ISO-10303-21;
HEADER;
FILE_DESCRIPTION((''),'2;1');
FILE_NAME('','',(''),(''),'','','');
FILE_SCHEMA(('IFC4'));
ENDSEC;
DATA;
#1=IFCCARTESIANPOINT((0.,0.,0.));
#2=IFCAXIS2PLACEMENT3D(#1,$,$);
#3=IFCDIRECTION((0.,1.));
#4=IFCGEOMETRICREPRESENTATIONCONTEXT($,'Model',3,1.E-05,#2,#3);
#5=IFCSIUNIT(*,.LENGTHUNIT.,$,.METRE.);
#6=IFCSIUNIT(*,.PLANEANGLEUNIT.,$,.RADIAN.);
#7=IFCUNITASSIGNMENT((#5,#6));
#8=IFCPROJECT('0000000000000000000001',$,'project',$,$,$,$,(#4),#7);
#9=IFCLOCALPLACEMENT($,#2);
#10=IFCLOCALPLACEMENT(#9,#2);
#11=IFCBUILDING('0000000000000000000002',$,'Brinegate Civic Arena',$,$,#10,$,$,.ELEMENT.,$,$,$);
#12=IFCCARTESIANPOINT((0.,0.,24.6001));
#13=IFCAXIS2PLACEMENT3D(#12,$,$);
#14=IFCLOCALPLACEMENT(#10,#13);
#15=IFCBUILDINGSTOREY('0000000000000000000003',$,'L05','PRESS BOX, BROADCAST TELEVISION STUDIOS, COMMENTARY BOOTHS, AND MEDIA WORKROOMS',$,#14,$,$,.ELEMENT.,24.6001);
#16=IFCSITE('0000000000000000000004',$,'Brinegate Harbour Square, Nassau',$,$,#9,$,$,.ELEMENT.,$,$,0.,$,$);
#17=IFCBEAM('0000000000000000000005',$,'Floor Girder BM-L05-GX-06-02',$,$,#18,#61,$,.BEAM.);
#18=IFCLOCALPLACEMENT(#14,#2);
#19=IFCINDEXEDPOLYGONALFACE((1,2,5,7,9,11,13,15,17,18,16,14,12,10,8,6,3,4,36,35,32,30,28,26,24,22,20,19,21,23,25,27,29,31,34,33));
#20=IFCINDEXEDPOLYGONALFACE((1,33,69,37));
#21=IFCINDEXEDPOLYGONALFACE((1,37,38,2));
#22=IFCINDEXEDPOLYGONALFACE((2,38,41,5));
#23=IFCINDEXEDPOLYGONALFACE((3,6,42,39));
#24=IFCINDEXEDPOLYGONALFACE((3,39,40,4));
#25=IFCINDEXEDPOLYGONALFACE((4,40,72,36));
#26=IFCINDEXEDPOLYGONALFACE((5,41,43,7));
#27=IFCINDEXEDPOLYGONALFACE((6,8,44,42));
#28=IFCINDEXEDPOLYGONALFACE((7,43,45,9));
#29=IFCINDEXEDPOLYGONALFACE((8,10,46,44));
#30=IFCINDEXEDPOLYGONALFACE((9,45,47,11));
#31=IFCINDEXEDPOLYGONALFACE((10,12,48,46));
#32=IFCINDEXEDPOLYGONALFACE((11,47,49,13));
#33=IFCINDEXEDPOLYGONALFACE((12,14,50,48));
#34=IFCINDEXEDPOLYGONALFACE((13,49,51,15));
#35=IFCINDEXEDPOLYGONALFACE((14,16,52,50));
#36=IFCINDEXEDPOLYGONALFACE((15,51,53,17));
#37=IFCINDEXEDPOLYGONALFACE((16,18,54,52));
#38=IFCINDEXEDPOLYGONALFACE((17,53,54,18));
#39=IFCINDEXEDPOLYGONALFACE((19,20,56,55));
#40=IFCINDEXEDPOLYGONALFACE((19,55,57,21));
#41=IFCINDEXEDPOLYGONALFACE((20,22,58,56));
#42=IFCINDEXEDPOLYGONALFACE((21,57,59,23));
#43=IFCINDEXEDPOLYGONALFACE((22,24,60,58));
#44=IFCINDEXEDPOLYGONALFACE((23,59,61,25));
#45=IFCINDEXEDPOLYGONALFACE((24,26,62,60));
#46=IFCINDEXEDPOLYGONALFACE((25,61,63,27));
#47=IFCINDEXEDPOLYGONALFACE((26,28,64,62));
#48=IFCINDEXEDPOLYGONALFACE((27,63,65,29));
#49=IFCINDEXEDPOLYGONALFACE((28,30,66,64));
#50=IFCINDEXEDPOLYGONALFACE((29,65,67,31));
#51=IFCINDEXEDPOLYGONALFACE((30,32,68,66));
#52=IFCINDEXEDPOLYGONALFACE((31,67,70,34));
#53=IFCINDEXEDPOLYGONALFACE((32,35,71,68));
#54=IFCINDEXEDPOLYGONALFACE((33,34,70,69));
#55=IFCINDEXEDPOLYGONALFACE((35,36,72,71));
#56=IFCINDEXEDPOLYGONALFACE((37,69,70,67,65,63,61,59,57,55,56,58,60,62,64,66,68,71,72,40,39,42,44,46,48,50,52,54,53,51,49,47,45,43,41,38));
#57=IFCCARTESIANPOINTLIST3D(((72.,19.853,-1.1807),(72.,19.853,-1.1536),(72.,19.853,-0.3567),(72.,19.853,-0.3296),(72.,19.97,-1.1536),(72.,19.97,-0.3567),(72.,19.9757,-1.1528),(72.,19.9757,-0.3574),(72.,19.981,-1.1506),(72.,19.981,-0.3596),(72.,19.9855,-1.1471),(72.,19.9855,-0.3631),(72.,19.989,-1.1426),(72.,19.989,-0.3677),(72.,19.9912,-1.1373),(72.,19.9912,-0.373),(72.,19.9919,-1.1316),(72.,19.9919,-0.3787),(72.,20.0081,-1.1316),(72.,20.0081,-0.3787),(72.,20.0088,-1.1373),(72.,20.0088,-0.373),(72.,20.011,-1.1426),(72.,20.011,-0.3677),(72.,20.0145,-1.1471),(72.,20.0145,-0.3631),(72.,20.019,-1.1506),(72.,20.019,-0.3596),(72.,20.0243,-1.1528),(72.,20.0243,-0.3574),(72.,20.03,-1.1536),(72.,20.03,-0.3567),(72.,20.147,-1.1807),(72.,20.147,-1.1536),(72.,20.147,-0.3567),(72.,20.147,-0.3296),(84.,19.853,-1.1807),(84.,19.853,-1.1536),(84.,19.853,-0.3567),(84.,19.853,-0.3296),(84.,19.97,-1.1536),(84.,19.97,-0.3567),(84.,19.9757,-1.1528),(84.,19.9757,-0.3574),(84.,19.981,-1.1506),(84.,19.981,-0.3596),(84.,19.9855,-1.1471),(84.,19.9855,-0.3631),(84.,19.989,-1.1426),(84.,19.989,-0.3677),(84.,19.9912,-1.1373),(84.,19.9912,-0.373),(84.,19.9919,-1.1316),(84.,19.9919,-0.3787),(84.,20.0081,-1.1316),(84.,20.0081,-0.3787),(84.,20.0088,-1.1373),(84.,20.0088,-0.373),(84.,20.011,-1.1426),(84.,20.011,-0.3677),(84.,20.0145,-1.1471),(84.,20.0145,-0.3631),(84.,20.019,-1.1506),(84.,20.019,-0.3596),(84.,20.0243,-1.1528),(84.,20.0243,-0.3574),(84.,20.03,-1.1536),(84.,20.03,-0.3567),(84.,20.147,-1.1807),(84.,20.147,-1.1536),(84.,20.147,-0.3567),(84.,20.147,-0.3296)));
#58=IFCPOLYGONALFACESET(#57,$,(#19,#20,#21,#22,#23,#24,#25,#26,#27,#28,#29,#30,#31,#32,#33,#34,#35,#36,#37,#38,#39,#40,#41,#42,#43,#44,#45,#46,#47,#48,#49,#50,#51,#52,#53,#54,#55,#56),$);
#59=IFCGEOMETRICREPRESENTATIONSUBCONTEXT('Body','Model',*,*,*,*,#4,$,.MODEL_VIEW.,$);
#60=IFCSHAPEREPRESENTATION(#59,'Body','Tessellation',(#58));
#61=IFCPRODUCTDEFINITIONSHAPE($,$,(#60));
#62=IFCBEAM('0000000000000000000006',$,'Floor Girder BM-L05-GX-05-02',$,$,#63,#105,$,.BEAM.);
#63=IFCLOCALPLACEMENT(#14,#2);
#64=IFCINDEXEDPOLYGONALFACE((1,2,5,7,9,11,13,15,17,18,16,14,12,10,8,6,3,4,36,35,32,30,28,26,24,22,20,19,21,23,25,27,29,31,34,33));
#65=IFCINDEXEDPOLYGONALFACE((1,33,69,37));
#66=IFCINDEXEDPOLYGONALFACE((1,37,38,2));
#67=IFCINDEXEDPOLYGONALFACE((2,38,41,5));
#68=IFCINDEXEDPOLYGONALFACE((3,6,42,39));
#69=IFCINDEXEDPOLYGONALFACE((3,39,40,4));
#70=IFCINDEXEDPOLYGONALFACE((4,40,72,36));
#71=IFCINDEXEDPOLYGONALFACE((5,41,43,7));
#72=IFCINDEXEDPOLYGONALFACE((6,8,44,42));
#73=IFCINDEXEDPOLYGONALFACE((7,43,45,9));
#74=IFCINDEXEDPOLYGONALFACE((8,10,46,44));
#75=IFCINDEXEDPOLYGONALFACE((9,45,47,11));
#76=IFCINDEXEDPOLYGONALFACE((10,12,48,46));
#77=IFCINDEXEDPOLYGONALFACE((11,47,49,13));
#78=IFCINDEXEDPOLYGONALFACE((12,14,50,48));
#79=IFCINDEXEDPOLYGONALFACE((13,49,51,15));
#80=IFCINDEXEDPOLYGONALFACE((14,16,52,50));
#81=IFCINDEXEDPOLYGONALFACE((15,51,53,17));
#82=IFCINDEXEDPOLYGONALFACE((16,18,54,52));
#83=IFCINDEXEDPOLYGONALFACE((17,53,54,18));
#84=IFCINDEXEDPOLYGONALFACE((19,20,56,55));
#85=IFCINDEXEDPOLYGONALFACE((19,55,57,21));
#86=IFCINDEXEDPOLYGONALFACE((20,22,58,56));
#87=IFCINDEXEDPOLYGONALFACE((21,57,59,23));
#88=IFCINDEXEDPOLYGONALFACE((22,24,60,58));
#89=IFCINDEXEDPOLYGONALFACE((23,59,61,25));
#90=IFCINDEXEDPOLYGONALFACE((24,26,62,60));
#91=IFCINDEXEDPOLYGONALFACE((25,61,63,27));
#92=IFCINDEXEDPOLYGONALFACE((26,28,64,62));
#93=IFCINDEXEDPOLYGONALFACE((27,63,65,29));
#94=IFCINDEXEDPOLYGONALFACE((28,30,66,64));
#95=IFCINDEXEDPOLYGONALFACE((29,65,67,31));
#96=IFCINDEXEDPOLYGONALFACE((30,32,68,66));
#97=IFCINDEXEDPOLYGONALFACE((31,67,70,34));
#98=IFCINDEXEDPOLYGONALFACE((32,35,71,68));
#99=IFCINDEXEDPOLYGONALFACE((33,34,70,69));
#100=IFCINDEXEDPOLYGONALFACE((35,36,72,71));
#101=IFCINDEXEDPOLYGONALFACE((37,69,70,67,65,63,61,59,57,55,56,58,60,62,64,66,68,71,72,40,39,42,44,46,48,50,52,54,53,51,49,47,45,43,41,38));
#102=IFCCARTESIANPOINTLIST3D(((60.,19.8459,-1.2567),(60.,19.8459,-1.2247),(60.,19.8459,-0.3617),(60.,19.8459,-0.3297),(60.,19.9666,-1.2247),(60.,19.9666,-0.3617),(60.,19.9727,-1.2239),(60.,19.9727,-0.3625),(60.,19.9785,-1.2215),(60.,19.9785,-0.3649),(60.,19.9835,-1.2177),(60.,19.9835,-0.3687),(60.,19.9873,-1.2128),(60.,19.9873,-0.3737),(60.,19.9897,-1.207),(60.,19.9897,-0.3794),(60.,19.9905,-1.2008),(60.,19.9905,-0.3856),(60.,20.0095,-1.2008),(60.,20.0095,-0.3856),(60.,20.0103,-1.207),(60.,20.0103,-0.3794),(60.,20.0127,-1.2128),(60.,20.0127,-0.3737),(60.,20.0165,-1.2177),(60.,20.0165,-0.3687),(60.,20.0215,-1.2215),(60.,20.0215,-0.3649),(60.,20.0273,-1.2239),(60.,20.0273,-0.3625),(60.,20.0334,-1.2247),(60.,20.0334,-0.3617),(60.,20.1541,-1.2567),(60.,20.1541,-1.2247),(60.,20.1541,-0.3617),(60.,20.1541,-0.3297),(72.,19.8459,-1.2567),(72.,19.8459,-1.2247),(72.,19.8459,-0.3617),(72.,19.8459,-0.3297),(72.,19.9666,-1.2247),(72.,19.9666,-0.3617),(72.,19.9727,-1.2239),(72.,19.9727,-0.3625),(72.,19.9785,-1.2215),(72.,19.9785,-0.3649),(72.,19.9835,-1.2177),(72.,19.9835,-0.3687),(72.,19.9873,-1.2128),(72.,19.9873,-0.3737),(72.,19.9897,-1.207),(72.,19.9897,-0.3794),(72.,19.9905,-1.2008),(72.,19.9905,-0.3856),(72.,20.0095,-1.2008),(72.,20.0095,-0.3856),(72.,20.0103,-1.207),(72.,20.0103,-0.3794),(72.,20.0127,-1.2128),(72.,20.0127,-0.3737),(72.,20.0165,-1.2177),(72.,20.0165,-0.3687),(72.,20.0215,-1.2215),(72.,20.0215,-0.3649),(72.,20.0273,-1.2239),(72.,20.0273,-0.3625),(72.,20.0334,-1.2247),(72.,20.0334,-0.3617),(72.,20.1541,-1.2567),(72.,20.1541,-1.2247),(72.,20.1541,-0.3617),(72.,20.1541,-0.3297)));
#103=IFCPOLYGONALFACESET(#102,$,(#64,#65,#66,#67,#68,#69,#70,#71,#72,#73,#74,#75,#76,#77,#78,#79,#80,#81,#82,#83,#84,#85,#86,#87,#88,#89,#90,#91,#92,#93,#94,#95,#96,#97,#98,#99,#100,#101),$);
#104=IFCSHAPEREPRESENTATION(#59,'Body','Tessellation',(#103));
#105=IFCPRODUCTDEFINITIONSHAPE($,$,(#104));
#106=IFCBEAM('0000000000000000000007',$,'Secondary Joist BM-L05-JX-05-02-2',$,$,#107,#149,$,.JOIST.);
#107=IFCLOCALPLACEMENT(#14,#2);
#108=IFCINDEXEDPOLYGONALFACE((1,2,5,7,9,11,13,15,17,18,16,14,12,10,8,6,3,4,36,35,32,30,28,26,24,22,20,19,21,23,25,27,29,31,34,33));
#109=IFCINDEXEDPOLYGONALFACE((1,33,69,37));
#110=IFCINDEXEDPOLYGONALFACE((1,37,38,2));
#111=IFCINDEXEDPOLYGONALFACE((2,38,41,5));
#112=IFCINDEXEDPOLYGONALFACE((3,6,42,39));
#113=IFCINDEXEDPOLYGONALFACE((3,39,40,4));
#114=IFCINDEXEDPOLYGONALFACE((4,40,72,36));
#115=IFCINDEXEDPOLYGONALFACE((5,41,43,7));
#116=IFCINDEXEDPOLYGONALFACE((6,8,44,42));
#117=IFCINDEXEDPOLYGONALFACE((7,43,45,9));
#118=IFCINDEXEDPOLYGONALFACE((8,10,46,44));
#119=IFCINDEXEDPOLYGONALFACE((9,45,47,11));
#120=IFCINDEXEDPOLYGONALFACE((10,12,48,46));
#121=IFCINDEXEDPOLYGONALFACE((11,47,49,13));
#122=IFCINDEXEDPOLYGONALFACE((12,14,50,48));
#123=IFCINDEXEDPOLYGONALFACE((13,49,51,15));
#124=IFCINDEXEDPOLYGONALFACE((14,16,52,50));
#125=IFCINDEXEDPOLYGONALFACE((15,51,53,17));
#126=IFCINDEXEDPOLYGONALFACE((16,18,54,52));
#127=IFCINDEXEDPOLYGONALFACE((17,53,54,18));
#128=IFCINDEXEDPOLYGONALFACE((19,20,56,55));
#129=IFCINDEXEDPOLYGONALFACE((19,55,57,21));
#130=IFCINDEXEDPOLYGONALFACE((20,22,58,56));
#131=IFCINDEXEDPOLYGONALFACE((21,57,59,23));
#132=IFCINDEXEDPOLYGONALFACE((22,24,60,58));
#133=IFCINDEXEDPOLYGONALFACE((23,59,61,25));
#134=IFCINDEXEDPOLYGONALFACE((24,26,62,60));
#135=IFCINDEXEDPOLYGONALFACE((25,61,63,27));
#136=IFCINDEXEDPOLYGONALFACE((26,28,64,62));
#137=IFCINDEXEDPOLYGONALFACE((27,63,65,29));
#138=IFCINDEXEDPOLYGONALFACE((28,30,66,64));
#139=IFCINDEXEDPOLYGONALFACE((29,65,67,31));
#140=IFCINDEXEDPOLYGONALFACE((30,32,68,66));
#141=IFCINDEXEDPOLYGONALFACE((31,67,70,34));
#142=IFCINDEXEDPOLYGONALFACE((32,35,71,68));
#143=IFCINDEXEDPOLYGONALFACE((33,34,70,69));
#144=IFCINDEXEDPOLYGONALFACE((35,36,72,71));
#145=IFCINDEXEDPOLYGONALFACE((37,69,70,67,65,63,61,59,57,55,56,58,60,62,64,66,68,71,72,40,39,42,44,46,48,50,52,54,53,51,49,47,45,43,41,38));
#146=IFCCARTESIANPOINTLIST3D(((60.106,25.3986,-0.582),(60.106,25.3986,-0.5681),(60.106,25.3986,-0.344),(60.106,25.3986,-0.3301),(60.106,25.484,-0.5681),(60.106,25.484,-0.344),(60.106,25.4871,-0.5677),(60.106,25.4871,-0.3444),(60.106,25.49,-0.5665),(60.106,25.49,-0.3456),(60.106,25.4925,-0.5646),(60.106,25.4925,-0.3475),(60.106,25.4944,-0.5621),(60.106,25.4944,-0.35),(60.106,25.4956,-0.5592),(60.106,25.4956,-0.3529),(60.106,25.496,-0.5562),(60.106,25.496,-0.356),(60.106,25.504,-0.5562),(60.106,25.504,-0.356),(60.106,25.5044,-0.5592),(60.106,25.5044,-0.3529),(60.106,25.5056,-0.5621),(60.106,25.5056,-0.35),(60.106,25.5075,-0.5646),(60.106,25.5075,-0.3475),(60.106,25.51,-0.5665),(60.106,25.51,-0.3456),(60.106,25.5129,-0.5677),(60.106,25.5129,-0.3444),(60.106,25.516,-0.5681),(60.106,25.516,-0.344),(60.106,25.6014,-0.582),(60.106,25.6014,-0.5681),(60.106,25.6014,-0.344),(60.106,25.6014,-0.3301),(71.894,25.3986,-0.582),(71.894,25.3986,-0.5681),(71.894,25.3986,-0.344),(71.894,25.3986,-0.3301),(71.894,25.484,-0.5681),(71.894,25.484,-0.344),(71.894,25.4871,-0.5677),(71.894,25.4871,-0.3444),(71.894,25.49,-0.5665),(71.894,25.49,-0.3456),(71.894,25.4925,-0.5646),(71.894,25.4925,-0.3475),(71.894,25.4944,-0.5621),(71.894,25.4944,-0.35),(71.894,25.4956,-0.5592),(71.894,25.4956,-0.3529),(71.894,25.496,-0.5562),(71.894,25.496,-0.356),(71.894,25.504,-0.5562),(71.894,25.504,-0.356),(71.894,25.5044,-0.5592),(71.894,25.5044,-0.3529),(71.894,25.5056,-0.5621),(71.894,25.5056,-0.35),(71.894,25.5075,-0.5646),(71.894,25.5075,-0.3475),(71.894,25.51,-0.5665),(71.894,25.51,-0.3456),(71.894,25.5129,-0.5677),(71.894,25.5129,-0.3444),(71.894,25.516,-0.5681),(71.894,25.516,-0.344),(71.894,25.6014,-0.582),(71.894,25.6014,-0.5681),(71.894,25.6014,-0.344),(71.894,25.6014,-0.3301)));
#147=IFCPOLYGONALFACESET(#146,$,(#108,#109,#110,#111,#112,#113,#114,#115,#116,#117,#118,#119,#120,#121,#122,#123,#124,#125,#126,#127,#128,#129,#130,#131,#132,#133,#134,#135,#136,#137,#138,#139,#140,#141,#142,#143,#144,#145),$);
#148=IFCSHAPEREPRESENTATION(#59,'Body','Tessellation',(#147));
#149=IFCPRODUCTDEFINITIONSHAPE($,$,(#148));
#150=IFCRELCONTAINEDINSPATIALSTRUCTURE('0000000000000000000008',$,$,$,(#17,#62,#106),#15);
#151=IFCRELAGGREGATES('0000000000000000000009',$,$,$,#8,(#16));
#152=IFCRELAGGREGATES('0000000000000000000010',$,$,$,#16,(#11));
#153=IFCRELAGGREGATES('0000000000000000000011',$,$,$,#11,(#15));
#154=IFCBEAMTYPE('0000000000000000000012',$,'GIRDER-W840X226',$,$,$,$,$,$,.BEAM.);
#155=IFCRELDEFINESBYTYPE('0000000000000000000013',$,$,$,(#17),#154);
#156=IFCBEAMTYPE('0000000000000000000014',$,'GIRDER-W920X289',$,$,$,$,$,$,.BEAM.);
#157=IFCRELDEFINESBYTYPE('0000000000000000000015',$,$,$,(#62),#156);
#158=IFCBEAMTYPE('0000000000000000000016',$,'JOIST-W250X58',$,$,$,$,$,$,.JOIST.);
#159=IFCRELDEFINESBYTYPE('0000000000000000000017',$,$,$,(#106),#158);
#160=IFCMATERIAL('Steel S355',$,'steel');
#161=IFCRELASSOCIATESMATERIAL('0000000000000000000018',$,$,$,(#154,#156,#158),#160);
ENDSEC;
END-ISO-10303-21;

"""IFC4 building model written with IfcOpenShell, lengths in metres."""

from ifc_helpers import new_model, si_unit, direction, frame, origin, origin_2d, place, context, subcontext, project, spatial, i_section, extrude, material, material_profile, profile_set, type_object, element, save


model = new_model("IFC4")

# Units and contexts
model_context = context("Model", 3, precision=1e-05, world=origin(), true_north=direction((0.0, 1.0)))
body_context = subcontext(model_context, "Body", "Model", "MODEL_VIEW")
ifc_project = project(units=[si_unit("LENGTHUNIT", "METRE"), si_unit("PLANEANGLEUNIT", "RADIAN")], contexts=[model_context])

# Site, building, storey
site_placement = place(None, origin())
site = spatial("IfcSite", under=ifc_project, at=site_placement, Name="Brinegate Harbour Square, Nassau", CompositionType="ELEMENT", RefElevation=0.0)
building_placement = place(site_placement, origin())
building = spatial("IfcBuilding", under=site, at=building_placement, Name="Brinegate Civic Arena", CompositionType="ELEMENT")
storey_placement = place(building_placement, frame((0.0, 0.0, 24.6001)))
storey = spatial("IfcBuildingStorey", under=building, at=storey_placement, Name="L05", Description="PRESS BOX, BROADCAST TELEVISION STUDIOS, COMMENTARY BOOTHS, AND MEDIA WORKROOMS", CompositionType="ELEMENT", Elevation=24.6001)

# Shared definitions
ifc_material_1 = material(Name="Steel S355", Category="steel")

# Beams
ifc_material_profile_1 = material_profile(ifc_material_1, i_section(OverallWidth=0.2939, OverallDepth=0.8511, WebThickness=0.0161, FlangeThickness=0.0271, FilletRadius=0.022, at=origin_2d()), Name="W840X226")
ifc_profile_set_1 = profile_set([ifc_material_profile_1], Name="Steel S355")
beam_type_1 = type_object("IfcBeamType", Name="GIRDER-W840X226", PredefinedType="BEAM", material=ifc_profile_set_1)
beam_1_placement = place(storey_placement, frame((72.0, 20.0, -0.7551), z_axis=(1.0, 0.0, 0.0), x_axis=(0.0, 1.0, 0.0)))
element("IfcBeam", 1, at=beam_1_placement, inside=storey, type_object=beam_type_1, Name="Floor Girder BM-L05-GX-06-02", PredefinedType="BEAM", context=body_context, shape_type="SweptSolid", body=[
    extrude(i_section(OverallWidth=0.2939, OverallDepth=0.8511, WebThickness=0.0161, FlangeThickness=0.0271, FilletRadius=0.022, at=origin_2d()), origin(), (0.0, 0.0, 1.0), 12.0),
])
ifc_material_profile_2 = material_profile(ifc_material_1, i_section(OverallWidth=0.3081, OverallDepth=0.927, WebThickness=0.019, FlangeThickness=0.032, FilletRadius=0.0239, at=origin_2d()), Name="W920X289")
ifc_profile_set_2 = profile_set([ifc_material_profile_2], Name="Steel S355")
beam_type_2 = type_object("IfcBeamType", Name="GIRDER-W920X289", PredefinedType="BEAM", material=ifc_profile_set_2)
beam_2_placement = place(storey_placement, frame((60.0, 20.0, -0.7932), z_axis=(1.0, 0.0, 0.0), x_axis=(0.0, 1.0, 0.0)))
element("IfcBeam", 2, at=beam_2_placement, inside=storey, type_object=beam_type_2, Name="Floor Girder BM-L05-GX-05-02", PredefinedType="BEAM", context=body_context, shape_type="SweptSolid", body=[
    extrude(i_section(OverallWidth=0.3081, OverallDepth=0.927, WebThickness=0.019, FlangeThickness=0.032, FilletRadius=0.0239, at=origin_2d()), origin(), (0.0, 0.0, 1.0), 12.0),
])
ifc_material_profile_3 = material_profile(ifc_material_1, i_section(OverallWidth=0.2029, OverallDepth=0.252, WebThickness=0.0081, FlangeThickness=0.0139, FilletRadius=0.012, at=origin_2d()), Name="W250X58")
ifc_profile_set_3 = profile_set([ifc_material_profile_3], Name="Steel S355")
beam_type_3 = type_object("IfcBeamType", Name="JOIST-W250X58", PredefinedType="JOIST", material=ifc_profile_set_3)
beam_3_placement = place(storey_placement, frame((60.106, 25.5, -0.4561), z_axis=(1.0, 0.0, 0.0), x_axis=(0.0, 1.0, 0.0)))
element("IfcBeam", 3, at=beam_3_placement, inside=storey, type_object=beam_type_3, Name="Secondary Joist BM-L05-JX-05-02-2", PredefinedType="JOIST", context=body_context, shape_type="SweptSolid", body=[
    extrude(i_section(OverallWidth=0.2029, OverallDepth=0.252, WebThickness=0.0081, FlangeThickness=0.0139, FilletRadius=0.012, at=origin_2d()), origin(), (0.0, 0.0, 1.0), 11.7881),
])

save(model, "model.ifc")
